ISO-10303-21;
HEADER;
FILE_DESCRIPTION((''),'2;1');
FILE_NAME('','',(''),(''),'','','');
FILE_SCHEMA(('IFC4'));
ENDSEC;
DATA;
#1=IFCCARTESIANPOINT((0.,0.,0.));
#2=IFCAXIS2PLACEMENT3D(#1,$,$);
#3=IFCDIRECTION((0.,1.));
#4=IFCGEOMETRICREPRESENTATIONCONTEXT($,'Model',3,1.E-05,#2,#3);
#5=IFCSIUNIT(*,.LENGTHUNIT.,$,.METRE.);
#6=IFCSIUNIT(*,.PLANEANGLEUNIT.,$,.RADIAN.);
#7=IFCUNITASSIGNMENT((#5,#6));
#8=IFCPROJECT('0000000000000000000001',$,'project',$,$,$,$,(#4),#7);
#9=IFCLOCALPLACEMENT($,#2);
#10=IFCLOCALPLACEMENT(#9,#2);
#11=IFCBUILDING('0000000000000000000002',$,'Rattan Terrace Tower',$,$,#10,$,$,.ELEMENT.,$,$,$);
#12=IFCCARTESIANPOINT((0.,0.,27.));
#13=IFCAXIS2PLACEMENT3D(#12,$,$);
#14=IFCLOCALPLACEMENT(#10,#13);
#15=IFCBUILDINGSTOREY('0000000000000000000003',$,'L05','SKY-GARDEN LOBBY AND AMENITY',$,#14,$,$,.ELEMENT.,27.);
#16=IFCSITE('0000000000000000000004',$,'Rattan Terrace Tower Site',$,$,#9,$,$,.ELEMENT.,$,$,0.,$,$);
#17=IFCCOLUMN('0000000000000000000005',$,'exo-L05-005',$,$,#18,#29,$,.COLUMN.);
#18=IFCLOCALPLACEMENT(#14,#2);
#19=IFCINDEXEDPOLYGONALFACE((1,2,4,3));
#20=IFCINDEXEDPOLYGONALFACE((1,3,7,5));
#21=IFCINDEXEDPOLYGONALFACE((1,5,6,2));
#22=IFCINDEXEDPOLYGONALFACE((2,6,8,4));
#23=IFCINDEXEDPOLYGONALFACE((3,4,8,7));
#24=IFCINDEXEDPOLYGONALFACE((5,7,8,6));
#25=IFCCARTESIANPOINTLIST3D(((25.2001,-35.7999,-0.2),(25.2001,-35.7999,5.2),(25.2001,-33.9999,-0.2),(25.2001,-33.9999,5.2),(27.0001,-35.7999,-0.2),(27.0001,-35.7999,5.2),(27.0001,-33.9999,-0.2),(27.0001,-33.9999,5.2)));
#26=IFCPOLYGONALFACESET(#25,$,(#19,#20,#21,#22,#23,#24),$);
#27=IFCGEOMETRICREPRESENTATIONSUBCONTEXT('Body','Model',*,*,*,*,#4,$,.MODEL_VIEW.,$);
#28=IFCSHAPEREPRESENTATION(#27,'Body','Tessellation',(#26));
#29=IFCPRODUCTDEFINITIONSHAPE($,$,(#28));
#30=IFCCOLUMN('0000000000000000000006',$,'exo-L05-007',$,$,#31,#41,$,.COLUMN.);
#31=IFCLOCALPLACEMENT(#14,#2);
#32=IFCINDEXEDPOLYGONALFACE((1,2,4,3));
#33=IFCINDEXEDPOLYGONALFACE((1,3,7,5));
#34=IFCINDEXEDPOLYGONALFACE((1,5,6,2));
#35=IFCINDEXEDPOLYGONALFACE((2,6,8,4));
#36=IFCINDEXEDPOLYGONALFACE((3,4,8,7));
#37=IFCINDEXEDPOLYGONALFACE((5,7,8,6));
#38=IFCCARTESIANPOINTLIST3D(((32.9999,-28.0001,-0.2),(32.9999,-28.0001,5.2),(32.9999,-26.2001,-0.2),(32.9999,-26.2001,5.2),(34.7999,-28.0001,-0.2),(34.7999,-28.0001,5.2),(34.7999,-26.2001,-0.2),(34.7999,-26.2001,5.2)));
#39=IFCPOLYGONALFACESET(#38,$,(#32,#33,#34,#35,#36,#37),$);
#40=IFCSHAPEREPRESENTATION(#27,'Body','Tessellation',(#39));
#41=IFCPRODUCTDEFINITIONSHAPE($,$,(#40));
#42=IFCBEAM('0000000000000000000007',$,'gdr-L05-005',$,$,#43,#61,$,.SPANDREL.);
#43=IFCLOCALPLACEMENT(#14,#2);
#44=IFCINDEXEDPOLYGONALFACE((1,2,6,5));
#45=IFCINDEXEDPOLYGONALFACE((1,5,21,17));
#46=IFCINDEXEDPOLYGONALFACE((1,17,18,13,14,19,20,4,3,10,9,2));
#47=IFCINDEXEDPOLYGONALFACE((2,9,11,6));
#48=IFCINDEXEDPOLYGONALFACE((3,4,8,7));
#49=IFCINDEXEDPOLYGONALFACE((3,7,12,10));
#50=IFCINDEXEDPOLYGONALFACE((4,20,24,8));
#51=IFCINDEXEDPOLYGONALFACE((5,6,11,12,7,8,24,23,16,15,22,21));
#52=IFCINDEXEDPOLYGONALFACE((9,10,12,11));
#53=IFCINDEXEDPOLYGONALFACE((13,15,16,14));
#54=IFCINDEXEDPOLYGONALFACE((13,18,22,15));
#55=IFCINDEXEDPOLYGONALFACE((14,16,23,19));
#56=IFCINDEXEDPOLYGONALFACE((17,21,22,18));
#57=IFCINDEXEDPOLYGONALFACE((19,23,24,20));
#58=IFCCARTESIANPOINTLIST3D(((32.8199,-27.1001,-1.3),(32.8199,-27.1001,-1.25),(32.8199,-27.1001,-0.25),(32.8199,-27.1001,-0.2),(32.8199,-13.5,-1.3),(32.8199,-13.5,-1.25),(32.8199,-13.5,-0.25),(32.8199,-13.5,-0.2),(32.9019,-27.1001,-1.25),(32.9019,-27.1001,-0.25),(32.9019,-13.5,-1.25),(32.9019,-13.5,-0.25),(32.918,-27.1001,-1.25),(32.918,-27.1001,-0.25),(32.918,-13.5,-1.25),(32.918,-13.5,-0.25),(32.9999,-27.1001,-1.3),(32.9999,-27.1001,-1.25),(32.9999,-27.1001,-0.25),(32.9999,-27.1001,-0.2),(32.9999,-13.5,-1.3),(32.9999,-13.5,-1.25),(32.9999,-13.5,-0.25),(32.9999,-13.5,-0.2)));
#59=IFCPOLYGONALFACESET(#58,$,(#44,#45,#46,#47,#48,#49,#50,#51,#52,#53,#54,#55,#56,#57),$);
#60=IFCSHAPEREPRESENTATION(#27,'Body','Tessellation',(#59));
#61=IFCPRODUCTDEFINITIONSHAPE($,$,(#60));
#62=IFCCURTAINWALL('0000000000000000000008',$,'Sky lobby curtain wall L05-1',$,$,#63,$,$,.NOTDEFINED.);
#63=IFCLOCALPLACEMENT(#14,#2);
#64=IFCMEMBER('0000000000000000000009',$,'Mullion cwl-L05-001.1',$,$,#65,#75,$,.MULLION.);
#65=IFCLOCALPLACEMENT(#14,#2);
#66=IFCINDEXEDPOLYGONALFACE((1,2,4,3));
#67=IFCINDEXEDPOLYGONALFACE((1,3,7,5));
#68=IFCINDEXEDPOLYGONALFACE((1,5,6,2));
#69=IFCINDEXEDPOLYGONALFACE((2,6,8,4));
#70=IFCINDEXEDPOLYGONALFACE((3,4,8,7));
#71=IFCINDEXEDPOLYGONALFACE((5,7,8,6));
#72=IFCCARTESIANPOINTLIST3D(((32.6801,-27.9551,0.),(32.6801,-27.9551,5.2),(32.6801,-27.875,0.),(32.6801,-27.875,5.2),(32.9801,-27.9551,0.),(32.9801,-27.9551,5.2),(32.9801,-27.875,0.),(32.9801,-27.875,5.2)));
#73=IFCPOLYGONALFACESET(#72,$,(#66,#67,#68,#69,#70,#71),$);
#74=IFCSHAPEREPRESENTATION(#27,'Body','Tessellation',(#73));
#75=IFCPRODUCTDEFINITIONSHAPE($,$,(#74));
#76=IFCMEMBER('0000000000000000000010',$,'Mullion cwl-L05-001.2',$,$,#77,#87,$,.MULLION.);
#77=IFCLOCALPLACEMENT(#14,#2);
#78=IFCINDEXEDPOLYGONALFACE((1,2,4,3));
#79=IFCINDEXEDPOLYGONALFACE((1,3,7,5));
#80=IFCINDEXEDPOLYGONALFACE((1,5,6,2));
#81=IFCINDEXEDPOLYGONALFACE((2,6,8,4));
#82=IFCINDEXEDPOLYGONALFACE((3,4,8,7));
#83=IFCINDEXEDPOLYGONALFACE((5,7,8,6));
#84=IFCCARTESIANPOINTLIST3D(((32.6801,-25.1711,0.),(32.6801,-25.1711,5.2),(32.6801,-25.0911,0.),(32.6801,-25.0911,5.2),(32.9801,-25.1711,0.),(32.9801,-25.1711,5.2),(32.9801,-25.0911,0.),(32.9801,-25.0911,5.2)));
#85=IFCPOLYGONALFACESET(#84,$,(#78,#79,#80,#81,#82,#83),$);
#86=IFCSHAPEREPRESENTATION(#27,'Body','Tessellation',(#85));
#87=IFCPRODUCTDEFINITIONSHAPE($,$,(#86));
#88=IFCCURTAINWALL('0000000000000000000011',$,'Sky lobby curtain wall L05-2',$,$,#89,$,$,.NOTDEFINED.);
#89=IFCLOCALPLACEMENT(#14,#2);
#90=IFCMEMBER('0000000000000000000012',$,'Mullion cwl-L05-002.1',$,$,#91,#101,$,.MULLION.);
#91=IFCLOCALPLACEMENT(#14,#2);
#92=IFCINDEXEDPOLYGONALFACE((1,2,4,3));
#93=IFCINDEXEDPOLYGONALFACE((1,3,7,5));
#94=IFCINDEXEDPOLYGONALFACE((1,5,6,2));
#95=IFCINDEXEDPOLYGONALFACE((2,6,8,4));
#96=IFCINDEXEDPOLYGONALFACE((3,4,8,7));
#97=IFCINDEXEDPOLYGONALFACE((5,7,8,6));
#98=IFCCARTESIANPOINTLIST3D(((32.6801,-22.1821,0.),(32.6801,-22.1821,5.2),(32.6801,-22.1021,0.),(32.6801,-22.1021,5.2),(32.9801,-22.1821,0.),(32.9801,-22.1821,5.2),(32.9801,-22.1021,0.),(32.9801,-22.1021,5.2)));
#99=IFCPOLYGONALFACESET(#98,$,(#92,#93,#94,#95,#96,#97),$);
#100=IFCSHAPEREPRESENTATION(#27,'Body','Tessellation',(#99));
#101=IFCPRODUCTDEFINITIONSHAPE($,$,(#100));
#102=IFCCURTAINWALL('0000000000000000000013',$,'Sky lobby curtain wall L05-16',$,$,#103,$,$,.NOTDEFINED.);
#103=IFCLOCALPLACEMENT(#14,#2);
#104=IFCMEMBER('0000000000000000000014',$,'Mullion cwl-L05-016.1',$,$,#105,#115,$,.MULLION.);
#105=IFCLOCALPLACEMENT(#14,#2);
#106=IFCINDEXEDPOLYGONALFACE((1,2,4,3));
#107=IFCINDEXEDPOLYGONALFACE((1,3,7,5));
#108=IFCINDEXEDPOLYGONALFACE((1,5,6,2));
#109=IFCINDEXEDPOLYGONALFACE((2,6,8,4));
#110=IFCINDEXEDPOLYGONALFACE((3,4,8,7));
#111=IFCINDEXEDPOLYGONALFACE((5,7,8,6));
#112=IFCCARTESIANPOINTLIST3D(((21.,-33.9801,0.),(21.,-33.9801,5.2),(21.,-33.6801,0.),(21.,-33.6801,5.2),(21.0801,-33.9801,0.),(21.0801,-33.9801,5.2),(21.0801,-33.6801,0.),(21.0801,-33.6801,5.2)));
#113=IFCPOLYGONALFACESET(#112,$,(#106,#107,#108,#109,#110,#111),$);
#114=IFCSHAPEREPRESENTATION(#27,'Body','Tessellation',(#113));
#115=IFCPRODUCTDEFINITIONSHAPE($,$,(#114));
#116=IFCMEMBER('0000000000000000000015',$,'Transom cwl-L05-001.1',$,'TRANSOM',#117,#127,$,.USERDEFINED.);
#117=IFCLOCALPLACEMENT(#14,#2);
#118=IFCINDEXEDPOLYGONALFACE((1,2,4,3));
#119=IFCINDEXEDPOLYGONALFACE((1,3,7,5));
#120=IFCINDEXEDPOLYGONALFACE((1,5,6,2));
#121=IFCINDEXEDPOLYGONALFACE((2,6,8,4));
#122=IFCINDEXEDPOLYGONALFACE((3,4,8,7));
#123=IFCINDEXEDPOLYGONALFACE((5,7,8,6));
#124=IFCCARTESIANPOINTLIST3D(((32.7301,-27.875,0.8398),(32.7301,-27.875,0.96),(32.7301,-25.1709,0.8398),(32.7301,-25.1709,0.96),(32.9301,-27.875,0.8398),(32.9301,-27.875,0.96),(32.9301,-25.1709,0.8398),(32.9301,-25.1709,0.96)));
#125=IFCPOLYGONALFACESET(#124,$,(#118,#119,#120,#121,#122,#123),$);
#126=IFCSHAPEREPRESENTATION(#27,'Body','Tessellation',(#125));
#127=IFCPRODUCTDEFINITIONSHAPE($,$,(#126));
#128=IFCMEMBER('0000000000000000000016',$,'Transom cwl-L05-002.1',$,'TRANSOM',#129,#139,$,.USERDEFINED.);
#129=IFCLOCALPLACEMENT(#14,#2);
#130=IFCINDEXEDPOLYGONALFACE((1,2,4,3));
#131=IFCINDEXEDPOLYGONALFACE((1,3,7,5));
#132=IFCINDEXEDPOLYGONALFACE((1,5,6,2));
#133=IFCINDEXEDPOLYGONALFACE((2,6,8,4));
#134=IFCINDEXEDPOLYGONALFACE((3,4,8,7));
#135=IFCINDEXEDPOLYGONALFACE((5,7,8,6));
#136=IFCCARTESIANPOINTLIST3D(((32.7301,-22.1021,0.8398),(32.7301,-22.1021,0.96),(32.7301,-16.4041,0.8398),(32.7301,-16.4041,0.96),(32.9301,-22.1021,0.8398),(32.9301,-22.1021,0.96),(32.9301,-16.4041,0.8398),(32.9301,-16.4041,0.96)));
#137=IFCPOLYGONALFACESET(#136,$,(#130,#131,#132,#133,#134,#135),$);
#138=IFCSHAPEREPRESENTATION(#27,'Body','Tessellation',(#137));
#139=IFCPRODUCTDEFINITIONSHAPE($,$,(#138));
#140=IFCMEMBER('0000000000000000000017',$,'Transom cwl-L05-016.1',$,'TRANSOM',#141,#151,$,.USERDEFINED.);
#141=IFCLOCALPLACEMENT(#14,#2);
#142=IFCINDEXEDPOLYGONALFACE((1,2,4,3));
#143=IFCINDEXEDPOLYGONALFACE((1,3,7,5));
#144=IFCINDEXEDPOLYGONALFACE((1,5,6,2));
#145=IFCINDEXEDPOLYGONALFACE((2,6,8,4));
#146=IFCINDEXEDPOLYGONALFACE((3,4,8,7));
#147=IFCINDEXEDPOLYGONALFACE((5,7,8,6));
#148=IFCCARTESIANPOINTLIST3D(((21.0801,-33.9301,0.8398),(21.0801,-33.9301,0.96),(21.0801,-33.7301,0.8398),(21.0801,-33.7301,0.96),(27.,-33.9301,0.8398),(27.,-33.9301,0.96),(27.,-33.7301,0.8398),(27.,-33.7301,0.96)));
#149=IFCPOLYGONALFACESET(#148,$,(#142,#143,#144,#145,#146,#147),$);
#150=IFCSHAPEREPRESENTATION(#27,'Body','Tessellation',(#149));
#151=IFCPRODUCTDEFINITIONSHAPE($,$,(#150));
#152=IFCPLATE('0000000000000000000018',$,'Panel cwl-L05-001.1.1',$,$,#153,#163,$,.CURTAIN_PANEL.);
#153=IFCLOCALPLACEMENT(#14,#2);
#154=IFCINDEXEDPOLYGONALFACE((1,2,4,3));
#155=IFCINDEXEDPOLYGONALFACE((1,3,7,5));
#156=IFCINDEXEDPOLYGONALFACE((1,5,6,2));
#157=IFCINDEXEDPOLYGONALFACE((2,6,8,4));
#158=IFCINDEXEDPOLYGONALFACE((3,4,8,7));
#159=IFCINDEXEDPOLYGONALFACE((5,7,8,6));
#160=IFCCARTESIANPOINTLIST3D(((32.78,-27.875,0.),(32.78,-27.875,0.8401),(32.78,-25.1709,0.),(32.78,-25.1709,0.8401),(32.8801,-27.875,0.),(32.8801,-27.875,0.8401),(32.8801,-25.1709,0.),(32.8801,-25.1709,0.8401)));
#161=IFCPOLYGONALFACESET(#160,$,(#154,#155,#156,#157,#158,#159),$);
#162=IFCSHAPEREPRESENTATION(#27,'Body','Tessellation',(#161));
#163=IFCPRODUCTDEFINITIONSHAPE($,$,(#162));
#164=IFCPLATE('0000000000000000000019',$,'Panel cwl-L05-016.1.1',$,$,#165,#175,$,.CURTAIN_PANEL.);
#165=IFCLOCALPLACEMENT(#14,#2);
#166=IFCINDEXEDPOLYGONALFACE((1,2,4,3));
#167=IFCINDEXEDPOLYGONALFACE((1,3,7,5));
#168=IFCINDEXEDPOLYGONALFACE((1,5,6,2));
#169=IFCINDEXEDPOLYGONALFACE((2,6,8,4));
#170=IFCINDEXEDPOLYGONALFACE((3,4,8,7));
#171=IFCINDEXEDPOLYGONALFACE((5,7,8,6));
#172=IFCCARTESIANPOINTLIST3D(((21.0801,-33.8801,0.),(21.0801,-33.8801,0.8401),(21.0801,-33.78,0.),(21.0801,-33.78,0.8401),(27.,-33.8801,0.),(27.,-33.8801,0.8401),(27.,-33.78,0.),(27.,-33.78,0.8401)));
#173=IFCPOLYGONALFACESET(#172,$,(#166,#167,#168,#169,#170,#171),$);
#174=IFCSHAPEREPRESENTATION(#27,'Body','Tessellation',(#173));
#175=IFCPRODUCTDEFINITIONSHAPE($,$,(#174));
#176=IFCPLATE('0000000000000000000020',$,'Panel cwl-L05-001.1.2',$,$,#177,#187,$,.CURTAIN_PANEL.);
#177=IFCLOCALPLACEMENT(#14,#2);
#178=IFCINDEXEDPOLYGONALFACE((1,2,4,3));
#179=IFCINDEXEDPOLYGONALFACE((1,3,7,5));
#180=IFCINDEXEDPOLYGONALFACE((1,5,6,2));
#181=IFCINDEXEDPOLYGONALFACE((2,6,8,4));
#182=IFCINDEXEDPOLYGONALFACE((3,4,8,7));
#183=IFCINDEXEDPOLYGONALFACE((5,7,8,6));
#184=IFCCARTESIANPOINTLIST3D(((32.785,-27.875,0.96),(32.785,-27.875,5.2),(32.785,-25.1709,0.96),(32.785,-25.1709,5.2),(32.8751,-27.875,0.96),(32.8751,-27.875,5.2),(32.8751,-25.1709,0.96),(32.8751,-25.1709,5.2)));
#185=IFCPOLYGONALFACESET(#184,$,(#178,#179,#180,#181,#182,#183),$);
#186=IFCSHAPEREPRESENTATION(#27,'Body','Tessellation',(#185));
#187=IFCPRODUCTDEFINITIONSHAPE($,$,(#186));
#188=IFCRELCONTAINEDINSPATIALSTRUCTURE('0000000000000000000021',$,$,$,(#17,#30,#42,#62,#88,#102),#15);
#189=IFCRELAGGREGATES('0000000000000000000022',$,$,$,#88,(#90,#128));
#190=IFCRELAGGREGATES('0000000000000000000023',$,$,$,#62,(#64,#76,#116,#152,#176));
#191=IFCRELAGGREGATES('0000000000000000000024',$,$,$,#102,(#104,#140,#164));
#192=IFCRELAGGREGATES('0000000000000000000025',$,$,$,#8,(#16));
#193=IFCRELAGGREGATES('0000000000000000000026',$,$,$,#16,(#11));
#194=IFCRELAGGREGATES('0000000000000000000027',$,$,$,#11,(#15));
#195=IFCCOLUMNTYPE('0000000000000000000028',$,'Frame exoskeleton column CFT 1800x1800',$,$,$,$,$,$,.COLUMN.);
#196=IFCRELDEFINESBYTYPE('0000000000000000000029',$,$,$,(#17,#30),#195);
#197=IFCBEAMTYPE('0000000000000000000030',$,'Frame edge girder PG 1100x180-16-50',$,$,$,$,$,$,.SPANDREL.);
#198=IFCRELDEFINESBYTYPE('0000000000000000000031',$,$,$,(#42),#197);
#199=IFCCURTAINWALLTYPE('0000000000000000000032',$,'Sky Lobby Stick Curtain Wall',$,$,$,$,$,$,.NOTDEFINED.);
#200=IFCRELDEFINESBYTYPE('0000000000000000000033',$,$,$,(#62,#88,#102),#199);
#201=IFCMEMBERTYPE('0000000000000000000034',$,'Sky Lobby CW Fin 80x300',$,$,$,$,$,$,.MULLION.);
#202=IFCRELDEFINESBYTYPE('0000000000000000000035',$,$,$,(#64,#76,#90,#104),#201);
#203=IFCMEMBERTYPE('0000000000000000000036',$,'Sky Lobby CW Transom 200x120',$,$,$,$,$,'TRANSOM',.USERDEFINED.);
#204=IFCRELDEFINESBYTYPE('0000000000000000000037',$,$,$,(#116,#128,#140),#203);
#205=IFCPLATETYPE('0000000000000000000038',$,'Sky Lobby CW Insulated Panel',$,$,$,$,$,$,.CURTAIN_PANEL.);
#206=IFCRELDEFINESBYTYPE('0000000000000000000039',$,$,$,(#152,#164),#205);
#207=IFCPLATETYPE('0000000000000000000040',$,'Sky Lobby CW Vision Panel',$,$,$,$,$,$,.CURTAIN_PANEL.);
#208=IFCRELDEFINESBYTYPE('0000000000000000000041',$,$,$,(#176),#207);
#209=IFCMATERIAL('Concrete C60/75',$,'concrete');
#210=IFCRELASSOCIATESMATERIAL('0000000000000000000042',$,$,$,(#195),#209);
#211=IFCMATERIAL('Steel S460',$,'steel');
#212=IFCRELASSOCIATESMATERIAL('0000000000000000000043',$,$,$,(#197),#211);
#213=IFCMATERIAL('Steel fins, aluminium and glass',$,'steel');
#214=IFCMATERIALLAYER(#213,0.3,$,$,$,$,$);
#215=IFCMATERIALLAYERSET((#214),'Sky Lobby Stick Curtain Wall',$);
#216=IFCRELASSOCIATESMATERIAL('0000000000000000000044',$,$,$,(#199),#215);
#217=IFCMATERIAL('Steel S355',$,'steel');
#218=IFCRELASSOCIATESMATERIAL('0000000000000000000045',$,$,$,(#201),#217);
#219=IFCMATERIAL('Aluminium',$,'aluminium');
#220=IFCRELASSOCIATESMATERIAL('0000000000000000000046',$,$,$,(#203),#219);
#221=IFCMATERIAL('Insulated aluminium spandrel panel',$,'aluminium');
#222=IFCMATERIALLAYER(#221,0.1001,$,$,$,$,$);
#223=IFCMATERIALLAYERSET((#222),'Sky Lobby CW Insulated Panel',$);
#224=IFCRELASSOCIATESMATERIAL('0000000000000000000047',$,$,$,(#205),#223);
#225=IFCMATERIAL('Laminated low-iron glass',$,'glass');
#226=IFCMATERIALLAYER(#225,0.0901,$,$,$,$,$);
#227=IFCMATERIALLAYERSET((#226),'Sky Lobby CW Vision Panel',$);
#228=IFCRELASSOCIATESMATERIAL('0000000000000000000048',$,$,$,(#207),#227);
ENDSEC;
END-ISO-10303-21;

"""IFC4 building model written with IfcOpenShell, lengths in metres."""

from ifc_helpers import new_model, si_unit, direction, frame, origin, origin_2d, place, context, subcontext, project, spatial, rectangle, i_section, extrude, material, layer, layer_set, material_profile, profile_set, type_object, element, aggregate, save


model = new_model("IFC4")

# Units and contexts
model_context = context("Model", 3, precision=1e-05, world=origin(), true_north=direction((0.0, 1.0)))
body_context = subcontext(model_context, "Body", "Model", "MODEL_VIEW")
ifc_project = project(units=[si_unit("LENGTHUNIT", "METRE"), si_unit("PLANEANGLEUNIT", "RADIAN")], contexts=[model_context])

# Site, building, storey
site_placement = place(None, origin())
site = spatial("IfcSite", under=ifc_project, at=site_placement, Name="Rattan Terrace Tower Site", CompositionType="ELEMENT", RefElevation=0.0)
building_placement = place(site_placement, origin())
building = spatial("IfcBuilding", under=site, at=building_placement, Name="Rattan Terrace Tower", CompositionType="ELEMENT")
storey_placement = place(building_placement, frame((0.0, 0.0, 27.0)))
storey = spatial("IfcBuildingStorey", under=building, at=storey_placement, Name="L05", Description="SKY-GARDEN LOBBY AND AMENITY", CompositionType="ELEMENT", Elevation=27.0)

# Columns
ifc_material_1 = material(Name="Concrete C60/75", Category="concrete")
ifc_material_profile_1 = material_profile(ifc_material_1, rectangle(XDim=1.8, YDim=1.8, at=origin_2d()), Name="CFT 1800x1800")
ifc_profile_set_1 = profile_set([ifc_material_profile_1], Name="Concrete C60/75")
column_type = type_object("IfcColumnType", Name="Frame exoskeleton column CFT 1800x1800", PredefinedType="COLUMN", material=ifc_profile_set_1)
for number, where, z_axis, x_axis, name in (
    (1, (26.1001, -34.8999, -0.2), (0.0, 0.0, 1.0), (1.0, 0.0, 0.0), "exo-L05-005"),
    (2, (33.8999, -27.1001, -0.2), (0.0, 0.0, 1.0), (0.0, 1.0, 0.0), "exo-L05-007"),
):
    element("IfcColumn", number, at=place(storey_placement, frame(where, z_axis=z_axis, x_axis=x_axis)), inside=storey, type_object=column_type, Name=name, PredefinedType="COLUMN", context=body_context, shape_type="SweptSolid", body=[
        extrude(rectangle(XDim=1.8, YDim=1.8, at=origin_2d()), origin(), (0.0, 0.0, 1.0), 5.3999),
    ])

# Beam
ifc_material_2 = material(Name="Steel S460", Category="steel")
ifc_material_profile_2 = material_profile(ifc_material_2, i_section(OverallWidth=0.1799, OverallDepth=1.1001, WebThickness=0.0161, FlangeThickness=0.05, at=origin_2d()), Name="PG 1100x180-16-50")
ifc_profile_set_2 = profile_set([ifc_material_profile_2], Name="Steel S460")
beam_type = type_object("IfcBeamType", Name="Frame edge girder PG 1100x180-16-50", PredefinedType="SPANDREL", material=ifc_profile_set_2)
beam_placement = place(storey_placement, frame((32.9099, -27.1001, -0.75), z_axis=(0.0, 1.0, 0.0), x_axis=(-1.0, 0.0, 0.0)))
element("IfcBeam", 3, at=beam_placement, inside=storey, type_object=beam_type, Name="gdr-L05-005", PredefinedType="SPANDREL", context=body_context, shape_type="SweptSolid", body=[
    extrude(i_section(OverallWidth=0.1799, OverallDepth=1.1001, WebThickness=0.0161, FlangeThickness=0.05, at=origin_2d()), origin(), (0.0, 0.0, 1.0), 13.6001),
])

# Curtain wall, members
ifc_material_3 = material(Name="Steel fins, aluminium and glass", Category="steel")
ifc_layer_1 = layer(ifc_material_3, 0.3)
ifc_layer_set_1 = layer_set([ifc_layer_1], Name="Sky Lobby Stick Curtain Wall")
curtain_wall_type = type_object("IfcCurtainWallType", Name="Sky Lobby Stick Curtain Wall", PredefinedType="NOTDEFINED", material=ifc_layer_set_1)
curtain_wall_1_placement = place(storey_placement, origin())
curtain_wall_1 = element("IfcCurtainWall", 4, at=curtain_wall_1_placement, inside=storey, type_object=curtain_wall_type, Name="Sky lobby curtain wall L05-1", PredefinedType="NOTDEFINED")
ifc_material_4 = material(Name="Steel S355", Category="steel")
ifc_material_profile_3 = material_profile(ifc_material_4, rectangle(XDim=0.0801, YDim=0.3, at=origin_2d()), Name="Steel S355 80x300")
ifc_profile_set_3 = profile_set([ifc_material_profile_3], Name="Steel S355")
member_type_1 = type_object("IfcMemberType", Name="Sky Lobby CW Fin 80x300", PredefinedType="MULLION", material=ifc_profile_set_3)
member_1_placement = place(storey_placement, frame((32.8301, -27.915, 0.0), z_axis=(0.0, 0.0, 1.0), x_axis=(0.0, 1.0, 0.0)))
member_1 = element("IfcMember", 5, at=member_1_placement, type_object=member_type_1, Name="Mullion cwl-L05-001.1", PredefinedType="MULLION", context=body_context, shape_type="SweptSolid", body=[
    extrude(rectangle(XDim=0.0801, YDim=0.3, at=origin_2d()), origin(), (0.0, 0.0, 1.0), 5.2),
])
member_2_placement = place(storey_placement, frame((32.8301, -25.1311, 0.0), z_axis=(0.0, 0.0, 1.0), x_axis=(0.0, 1.0, 0.0)))
member_2 = element("IfcMember", 6, at=member_2_placement, type_object=member_type_1, Name="Mullion cwl-L05-001.2", PredefinedType="MULLION", context=body_context, shape_type="SweptSolid", body=[
    extrude(rectangle(XDim=0.0801, YDim=0.3, at=origin_2d()), origin(), (0.0, 0.0, 1.0), 5.2),
])

# Curtain walls, members
curtain_wall_2_placement = place(storey_placement, origin())
curtain_wall_2 = element("IfcCurtainWall", 7, at=curtain_wall_2_placement, inside=storey, type_object=curtain_wall_type, Name="Sky lobby curtain wall L05-2", PredefinedType="NOTDEFINED")
member_3_placement = place(storey_placement, frame((32.8301, -22.1421, 0.0), z_axis=(0.0, 0.0, 1.0), x_axis=(0.0, 1.0, 0.0)))
member_3 = element("IfcMember", 8, at=member_3_placement, type_object=member_type_1, Name="Mullion cwl-L05-002.1", PredefinedType="MULLION", context=body_context, shape_type="SweptSolid", body=[
    extrude(rectangle(XDim=0.0801, YDim=0.3, at=origin_2d()), origin(), (0.0, 0.0, 1.0), 5.2),
])
curtain_wall_3_placement = place(storey_placement, origin())
curtain_wall_3 = element("IfcCurtainWall", 9, at=curtain_wall_3_placement, inside=storey, type_object=curtain_wall_type, Name="Sky lobby curtain wall L05-16", PredefinedType="NOTDEFINED")
member_4_placement = place(storey_placement, frame((21.04, -33.8301, 0.0), z_axis=(0.0, 0.0, 1.0), x_axis=(1.0, 0.0, 0.0)))
member_4 = element("IfcMember", 10, at=member_4_placement, type_object=member_type_1, Name="Mullion cwl-L05-016.1", PredefinedType="MULLION", context=body_context, shape_type="SweptSolid", body=[
    extrude(rectangle(XDim=0.0801, YDim=0.3, at=origin_2d()), origin(), (0.0, 0.0, 1.0), 5.2),
])

# Members
ifc_material_5 = material(Name="Aluminium", Category="aluminium")
ifc_material_profile_4 = material_profile(ifc_material_5, rectangle(XDim=0.2, YDim=0.1201, at=origin_2d()), Name="Aluminium 200x120")
ifc_profile_set_4 = profile_set([ifc_material_profile_4], Name="Aluminium")
member_type_2 = type_object("IfcMemberType", Name="Sky Lobby CW Transom 200x120", ElementType="TRANSOM", PredefinedType="USERDEFINED", material=ifc_profile_set_4)
member_5_placement = place(storey_placement, frame((32.8301, -27.875, 0.8999), z_axis=(0.0, 1.0, 0.0), x_axis=(-1.0, 0.0, 0.0)))
member_5 = element("IfcMember", 11, at=member_5_placement, type_object=member_type_2, Name="Transom cwl-L05-001.1", ObjectType="TRANSOM", PredefinedType="USERDEFINED", context=body_context, shape_type="SweptSolid", body=[
    extrude(rectangle(XDim=0.2, YDim=0.1201, at=origin_2d()), origin(), (0.0, 0.0, 1.0), 2.7041),
])
member_6_placement = place(storey_placement, frame((32.8301, -22.1021, 0.8999), z_axis=(0.0, 1.0, 0.0), x_axis=(-1.0, 0.0, 0.0)))
member_6 = element("IfcMember", 12, at=member_6_placement, type_object=member_type_2, Name="Transom cwl-L05-002.1", ObjectType="TRANSOM", PredefinedType="USERDEFINED", context=body_context, shape_type="SweptSolid", body=[
    extrude(rectangle(XDim=0.2, YDim=0.1201, at=origin_2d()), origin(), (0.0, 0.0, 1.0), 5.698),
])
aggregate(curtain_wall_2, [member_3, member_6])
member_7_placement = place(storey_placement, frame((21.0801, -33.8301, 0.8999), z_axis=(1.0, 0.0, 0.0), x_axis=(0.0, 1.0, 0.0)))
member_7 = element("IfcMember", 13, at=member_7_placement, type_object=member_type_2, Name="Transom cwl-L05-016.1", ObjectType="TRANSOM", PredefinedType="USERDEFINED", context=body_context, shape_type="SweptSolid", body=[
    extrude(rectangle(XDim=0.2, YDim=0.1201, at=origin_2d()), origin(), (0.0, 0.0, 1.0), 5.9199),
])

# Plates
ifc_material_6 = material(Name="Insulated aluminium spandrel panel", Category="aluminium")
ifc_layer_2 = layer(ifc_material_6, 0.1001)
ifc_layer_set_2 = layer_set([ifc_layer_2], Name="Sky Lobby CW Insulated Panel")
plate_type_1 = type_object("IfcPlateType", Name="Sky Lobby CW Insulated Panel", PredefinedType="CURTAIN_PANEL", material=ifc_layer_set_2)
plate_1_placement = place(storey_placement, frame((32.8301, -26.5229, 0.0), z_axis=(0.0, 0.0, 1.0), x_axis=(0.0, 1.0, 0.0)))
plate_1 = element("IfcPlate", 14, at=plate_1_placement, type_object=plate_type_1, Name="Panel cwl-L05-001.1.1", PredefinedType="CURTAIN_PANEL", context=body_context, shape_type="SweptSolid", body=[
    extrude(rectangle(XDim=2.7041, YDim=0.1001, at=origin_2d()), origin(), (0.0, 0.0, 1.0), 0.8401),
])
plate_2_placement = place(storey_placement, frame((24.04, -33.8301, 0.0), z_axis=(0.0, 0.0, 1.0), x_axis=(1.0, 0.0, 0.0)))
plate_2 = element("IfcPlate", 15, at=plate_2_placement, type_object=plate_type_1, Name="Panel cwl-L05-016.1.1", PredefinedType="CURTAIN_PANEL", context=body_context, shape_type="SweptSolid", body=[
    extrude(rectangle(XDim=5.9199, YDim=0.1001, at=origin_2d()), origin(), (0.0, 0.0, 1.0), 0.8401),
])
ifc_material_7 = material(Name="Laminated low-iron glass", Category="glass")
ifc_layer_3 = layer(ifc_material_7, 0.0901)
ifc_layer_set_3 = layer_set([ifc_layer_3], Name="Sky Lobby CW Vision Panel")
plate_type_2 = type_object("IfcPlateType", Name="Sky Lobby CW Vision Panel", PredefinedType="CURTAIN_PANEL", material=ifc_layer_set_3)
plate_3_placement = place(storey_placement, frame((32.8301, -26.5229, 0.96), z_axis=(0.0, 0.0, 1.0), x_axis=(0.0, 1.0, 0.0)))
plate_3 = element("IfcPlate", 16, at=plate_3_placement, type_object=plate_type_2, Name="Panel cwl-L05-001.1.2", PredefinedType="CURTAIN_PANEL", context=body_context, shape_type="SweptSolid", body=[
    extrude(rectangle(XDim=2.7041, YDim=0.0901, at=origin_2d()), origin(), (0.0, 0.0, 1.0), 4.24),
])
aggregate(curtain_wall_1, [member_1, member_2, member_5, plate_1, plate_3])
aggregate(curtain_wall_3, [member_4, member_7, plate_2])

save(model, "model.ifc")
